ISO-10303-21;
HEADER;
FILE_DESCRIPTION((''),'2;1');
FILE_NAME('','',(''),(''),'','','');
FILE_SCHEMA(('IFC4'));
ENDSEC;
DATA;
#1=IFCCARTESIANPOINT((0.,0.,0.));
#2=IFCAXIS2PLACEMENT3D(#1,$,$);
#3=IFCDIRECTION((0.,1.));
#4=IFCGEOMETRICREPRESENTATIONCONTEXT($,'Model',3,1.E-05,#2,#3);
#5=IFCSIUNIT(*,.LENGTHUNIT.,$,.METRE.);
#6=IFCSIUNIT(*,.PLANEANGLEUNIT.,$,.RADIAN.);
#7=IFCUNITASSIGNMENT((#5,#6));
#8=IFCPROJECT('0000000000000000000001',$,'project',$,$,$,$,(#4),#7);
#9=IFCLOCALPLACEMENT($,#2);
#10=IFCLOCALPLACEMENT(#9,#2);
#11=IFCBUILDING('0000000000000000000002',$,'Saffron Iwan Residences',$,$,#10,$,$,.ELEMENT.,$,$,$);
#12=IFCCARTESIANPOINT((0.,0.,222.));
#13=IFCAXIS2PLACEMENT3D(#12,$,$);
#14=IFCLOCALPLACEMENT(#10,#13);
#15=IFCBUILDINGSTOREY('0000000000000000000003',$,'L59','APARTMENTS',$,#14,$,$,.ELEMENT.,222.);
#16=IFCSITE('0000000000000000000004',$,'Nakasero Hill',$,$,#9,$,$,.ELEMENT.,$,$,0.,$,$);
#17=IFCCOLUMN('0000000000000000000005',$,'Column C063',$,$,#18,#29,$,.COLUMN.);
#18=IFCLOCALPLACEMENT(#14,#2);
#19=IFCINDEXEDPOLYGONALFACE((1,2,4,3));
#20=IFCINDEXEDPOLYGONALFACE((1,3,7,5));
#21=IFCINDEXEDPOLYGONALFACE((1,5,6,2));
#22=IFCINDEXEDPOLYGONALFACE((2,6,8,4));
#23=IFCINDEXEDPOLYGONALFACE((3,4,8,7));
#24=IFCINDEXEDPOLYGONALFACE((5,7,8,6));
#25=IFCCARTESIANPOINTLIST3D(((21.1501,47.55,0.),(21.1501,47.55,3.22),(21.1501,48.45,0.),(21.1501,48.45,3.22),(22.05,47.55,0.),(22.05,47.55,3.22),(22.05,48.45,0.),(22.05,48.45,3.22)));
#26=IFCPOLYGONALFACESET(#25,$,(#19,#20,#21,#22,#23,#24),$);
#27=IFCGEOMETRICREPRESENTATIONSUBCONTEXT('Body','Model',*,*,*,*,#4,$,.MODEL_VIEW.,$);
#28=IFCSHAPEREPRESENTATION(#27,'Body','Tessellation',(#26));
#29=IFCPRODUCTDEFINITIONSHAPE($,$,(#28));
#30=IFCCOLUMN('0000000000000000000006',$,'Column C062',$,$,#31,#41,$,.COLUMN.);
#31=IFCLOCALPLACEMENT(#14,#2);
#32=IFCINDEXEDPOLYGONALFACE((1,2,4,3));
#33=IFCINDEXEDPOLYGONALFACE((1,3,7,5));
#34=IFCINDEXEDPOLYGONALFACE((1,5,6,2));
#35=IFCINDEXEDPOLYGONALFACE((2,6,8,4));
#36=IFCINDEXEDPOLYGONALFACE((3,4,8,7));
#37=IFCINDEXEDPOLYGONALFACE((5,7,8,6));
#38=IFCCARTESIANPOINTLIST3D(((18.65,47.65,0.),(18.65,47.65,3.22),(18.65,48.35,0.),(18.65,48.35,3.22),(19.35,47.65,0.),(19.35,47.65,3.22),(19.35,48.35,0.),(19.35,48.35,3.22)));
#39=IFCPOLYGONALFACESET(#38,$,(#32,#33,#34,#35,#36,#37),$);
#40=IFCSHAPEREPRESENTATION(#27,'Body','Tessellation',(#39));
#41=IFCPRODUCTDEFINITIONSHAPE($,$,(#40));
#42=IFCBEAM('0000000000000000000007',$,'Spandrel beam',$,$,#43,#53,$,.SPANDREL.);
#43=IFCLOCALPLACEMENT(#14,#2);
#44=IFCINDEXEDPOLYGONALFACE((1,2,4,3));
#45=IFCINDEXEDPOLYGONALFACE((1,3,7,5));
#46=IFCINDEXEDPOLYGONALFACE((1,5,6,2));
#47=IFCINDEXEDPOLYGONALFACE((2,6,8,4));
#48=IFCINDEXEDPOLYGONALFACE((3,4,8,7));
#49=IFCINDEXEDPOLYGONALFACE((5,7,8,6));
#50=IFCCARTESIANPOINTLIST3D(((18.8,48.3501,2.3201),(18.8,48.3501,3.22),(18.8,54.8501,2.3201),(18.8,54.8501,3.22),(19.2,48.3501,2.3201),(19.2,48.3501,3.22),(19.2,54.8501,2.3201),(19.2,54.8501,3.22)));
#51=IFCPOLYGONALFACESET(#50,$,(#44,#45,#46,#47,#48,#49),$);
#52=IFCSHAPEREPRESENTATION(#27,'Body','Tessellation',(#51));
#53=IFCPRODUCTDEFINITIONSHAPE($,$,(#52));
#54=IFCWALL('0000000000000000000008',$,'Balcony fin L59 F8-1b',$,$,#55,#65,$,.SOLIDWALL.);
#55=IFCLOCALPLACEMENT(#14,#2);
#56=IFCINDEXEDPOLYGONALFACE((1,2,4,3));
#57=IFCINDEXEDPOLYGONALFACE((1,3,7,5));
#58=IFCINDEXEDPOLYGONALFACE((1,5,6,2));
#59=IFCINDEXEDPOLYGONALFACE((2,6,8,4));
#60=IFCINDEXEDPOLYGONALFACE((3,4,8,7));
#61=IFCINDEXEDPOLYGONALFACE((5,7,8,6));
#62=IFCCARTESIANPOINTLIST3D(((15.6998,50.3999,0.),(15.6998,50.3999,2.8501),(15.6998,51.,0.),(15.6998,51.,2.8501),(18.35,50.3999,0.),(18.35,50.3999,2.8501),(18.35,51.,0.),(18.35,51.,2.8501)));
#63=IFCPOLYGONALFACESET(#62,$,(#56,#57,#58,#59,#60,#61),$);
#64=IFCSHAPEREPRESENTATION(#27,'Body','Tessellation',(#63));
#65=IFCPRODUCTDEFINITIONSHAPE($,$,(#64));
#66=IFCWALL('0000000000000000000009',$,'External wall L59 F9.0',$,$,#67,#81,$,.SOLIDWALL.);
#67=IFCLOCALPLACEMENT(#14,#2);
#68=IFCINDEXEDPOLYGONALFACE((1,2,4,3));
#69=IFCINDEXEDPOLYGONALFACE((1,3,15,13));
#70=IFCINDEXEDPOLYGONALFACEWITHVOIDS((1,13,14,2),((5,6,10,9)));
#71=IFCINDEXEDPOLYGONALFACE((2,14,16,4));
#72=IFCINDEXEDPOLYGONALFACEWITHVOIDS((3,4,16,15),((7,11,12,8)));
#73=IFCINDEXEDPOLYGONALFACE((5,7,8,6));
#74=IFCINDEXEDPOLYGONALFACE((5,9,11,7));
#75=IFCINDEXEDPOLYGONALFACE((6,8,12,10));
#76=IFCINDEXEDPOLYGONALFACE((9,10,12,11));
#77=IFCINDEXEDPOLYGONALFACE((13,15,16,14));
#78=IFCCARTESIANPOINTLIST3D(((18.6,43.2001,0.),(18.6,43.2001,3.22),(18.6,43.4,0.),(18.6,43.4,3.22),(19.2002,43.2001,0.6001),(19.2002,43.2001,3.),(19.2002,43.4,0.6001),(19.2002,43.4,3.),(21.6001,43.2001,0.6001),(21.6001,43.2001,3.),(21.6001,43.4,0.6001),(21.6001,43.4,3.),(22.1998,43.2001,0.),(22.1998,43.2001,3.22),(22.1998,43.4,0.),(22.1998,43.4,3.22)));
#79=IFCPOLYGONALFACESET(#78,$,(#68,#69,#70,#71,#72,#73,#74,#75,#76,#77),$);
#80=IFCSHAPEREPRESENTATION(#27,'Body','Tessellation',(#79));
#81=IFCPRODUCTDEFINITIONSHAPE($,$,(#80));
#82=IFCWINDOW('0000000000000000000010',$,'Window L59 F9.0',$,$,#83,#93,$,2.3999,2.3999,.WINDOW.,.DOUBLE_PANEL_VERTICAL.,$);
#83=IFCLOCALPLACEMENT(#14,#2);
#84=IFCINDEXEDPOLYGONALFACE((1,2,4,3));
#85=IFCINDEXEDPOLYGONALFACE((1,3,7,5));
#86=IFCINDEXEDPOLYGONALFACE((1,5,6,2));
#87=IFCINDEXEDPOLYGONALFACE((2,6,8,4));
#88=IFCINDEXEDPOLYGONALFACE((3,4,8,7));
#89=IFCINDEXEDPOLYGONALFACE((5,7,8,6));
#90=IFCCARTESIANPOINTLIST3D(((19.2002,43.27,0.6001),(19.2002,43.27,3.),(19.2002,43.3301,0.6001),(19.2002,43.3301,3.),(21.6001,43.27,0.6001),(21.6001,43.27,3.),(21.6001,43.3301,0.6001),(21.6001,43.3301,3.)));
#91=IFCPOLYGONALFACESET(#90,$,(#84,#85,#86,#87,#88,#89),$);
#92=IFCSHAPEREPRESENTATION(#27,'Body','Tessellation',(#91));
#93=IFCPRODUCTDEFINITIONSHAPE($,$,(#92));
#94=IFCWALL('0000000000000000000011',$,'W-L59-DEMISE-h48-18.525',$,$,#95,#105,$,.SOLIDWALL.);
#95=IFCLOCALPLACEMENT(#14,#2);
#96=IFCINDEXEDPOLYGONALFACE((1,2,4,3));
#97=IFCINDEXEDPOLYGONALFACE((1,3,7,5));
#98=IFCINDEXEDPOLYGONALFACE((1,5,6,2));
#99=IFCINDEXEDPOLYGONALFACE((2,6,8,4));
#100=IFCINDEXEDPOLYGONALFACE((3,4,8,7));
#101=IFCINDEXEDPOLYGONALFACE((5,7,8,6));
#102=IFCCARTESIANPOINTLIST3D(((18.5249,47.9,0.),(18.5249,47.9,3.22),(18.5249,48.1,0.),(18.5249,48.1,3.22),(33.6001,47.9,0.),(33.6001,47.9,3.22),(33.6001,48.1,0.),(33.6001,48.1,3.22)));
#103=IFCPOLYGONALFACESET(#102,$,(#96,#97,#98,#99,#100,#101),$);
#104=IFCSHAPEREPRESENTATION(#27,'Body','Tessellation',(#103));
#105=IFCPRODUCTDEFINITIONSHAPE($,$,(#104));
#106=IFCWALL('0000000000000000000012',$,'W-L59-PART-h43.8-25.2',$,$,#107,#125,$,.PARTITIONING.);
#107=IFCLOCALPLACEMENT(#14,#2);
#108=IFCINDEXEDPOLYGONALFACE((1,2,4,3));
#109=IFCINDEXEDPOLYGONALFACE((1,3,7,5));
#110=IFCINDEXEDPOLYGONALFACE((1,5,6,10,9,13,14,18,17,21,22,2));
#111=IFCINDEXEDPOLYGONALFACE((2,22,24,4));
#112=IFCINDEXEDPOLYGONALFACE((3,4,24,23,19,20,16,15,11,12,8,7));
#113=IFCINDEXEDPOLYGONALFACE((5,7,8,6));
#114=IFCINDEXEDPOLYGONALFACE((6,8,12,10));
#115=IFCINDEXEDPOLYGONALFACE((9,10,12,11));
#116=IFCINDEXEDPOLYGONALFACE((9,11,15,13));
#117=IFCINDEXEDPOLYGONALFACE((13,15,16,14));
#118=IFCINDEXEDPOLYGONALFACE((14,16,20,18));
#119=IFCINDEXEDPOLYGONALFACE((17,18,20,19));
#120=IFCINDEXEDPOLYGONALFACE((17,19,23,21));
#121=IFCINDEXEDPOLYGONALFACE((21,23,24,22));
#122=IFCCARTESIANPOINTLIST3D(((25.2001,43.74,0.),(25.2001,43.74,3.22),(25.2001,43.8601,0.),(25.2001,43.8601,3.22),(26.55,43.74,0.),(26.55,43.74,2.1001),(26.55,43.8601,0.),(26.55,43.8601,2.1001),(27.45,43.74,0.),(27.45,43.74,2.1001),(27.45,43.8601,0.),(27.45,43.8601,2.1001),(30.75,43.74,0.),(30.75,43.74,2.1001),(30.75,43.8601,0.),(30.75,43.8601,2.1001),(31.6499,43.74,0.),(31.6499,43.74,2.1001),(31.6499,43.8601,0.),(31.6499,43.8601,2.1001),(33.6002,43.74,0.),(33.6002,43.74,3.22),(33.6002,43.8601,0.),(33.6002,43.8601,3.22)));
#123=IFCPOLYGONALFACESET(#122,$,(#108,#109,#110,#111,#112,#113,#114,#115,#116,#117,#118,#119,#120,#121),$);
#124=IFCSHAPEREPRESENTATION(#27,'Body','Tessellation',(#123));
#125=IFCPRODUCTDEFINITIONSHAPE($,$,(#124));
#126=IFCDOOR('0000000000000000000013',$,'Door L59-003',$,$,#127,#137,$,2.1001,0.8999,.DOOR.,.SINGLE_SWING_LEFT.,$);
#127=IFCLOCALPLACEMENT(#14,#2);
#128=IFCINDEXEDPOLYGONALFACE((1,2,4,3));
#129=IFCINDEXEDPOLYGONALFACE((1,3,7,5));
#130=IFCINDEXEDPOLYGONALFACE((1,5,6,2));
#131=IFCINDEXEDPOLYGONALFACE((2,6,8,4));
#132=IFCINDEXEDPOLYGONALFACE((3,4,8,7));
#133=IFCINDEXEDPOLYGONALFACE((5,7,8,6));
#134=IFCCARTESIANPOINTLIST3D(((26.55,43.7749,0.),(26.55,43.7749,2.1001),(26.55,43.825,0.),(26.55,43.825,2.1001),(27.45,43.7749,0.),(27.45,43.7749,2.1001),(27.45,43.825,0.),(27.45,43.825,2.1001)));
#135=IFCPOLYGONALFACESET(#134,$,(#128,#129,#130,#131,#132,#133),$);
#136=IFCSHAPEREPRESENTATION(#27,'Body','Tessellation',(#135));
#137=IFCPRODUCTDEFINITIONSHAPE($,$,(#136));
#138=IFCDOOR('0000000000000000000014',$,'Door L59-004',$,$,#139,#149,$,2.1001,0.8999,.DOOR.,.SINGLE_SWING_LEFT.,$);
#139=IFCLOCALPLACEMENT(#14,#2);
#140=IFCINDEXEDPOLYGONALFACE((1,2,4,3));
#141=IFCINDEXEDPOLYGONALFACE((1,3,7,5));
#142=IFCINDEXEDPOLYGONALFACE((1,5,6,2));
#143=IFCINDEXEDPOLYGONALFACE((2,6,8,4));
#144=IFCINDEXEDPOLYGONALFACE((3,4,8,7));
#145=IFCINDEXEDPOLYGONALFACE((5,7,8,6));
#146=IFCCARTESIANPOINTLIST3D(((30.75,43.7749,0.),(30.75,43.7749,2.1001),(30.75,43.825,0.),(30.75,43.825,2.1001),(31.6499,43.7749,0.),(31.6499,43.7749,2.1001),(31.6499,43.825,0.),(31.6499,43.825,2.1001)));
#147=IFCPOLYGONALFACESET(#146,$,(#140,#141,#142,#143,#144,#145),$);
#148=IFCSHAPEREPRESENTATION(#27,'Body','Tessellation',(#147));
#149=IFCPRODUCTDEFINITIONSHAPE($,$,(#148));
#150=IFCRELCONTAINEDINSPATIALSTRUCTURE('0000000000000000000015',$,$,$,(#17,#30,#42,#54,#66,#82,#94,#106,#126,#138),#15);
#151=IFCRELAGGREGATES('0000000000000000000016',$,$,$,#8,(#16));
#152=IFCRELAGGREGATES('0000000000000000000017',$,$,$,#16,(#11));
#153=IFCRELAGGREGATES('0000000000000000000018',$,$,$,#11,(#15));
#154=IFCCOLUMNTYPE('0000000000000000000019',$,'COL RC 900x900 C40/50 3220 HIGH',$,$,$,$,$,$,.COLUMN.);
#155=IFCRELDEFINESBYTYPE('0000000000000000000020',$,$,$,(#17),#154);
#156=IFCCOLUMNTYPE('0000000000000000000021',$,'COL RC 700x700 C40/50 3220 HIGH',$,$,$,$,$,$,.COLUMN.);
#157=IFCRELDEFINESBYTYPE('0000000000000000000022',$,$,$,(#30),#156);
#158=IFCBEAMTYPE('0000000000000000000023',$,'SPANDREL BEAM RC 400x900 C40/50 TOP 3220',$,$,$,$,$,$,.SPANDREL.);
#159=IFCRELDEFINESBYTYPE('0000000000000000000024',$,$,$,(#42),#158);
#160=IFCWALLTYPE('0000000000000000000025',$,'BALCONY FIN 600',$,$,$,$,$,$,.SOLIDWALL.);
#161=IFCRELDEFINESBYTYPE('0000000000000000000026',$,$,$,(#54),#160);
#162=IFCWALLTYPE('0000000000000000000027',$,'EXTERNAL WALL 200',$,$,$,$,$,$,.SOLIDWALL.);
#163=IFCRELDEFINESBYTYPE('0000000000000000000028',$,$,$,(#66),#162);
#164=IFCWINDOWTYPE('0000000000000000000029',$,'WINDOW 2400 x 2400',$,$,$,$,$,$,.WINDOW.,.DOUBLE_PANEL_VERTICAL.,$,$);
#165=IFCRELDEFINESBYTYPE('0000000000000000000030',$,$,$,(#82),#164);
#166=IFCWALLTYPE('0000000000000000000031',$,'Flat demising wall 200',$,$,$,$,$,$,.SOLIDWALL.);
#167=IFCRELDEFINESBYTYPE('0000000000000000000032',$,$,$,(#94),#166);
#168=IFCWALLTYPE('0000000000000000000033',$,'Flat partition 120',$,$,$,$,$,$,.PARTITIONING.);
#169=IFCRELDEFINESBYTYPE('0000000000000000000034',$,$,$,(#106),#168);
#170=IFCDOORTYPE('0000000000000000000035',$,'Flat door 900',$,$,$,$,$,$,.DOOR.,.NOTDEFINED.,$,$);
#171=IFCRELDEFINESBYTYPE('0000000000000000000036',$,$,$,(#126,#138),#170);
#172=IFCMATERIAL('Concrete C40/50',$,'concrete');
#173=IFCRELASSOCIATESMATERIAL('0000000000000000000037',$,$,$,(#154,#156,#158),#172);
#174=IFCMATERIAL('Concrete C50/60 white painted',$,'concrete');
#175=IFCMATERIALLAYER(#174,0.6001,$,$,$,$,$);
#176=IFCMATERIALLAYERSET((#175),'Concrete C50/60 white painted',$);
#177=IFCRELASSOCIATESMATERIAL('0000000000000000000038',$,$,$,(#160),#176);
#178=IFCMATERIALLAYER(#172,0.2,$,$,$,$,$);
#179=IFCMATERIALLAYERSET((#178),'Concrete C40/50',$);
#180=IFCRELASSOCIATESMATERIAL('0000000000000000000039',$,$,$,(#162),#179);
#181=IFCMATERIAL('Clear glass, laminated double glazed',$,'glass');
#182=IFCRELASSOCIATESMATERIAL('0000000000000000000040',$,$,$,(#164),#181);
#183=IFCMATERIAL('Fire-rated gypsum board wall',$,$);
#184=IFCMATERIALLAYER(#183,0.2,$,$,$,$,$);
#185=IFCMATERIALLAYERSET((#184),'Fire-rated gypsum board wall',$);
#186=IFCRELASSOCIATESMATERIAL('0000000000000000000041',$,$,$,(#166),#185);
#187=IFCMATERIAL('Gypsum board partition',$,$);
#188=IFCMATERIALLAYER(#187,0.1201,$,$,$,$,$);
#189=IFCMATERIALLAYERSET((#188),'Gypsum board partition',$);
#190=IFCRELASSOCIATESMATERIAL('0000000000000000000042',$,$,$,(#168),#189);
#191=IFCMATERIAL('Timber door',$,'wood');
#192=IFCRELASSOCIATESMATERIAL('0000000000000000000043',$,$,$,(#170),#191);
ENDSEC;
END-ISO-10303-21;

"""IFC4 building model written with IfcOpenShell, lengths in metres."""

from ifc_helpers import new_model, si_unit, direction, frame, frame_2d, origin, origin_2d, place, context, subcontext, project, spatial, rectangle, extrude, source, transform, mapped, material, layer, layer_set, material_profile, profile_set, type_object, element, fill, save


model = new_model("IFC4")

# Units and contexts
model_context = context("Model", 3, precision=1e-05, world=origin(), true_north=direction((0.0, 1.0)))
body_context = subcontext(model_context, "Body", "Model", "MODEL_VIEW")
ifc_project = project(units=[si_unit("LENGTHUNIT", "METRE"), si_unit("PLANEANGLEUNIT", "RADIAN")], contexts=[model_context])

# Site, building, storey
site_placement = place(None, origin())
site = spatial("IfcSite", under=ifc_project, at=site_placement, Name="Nakasero Hill", CompositionType="ELEMENT", RefElevation=0.0)
building_placement = place(site_placement, origin())
building = spatial("IfcBuilding", under=site, at=building_placement, Name="Saffron Iwan Residences", CompositionType="ELEMENT")
storey_placement = place(building_placement, frame((0.0, 0.0, 222.0)))
storey = spatial("IfcBuildingStorey", under=building, at=storey_placement, Name="L59", Description="APARTMENTS", CompositionType="ELEMENT", Elevation=222.0)

# Columns
ifc_material_1 = material(Name="Concrete C40/50", Category="concrete")
ifc_material_profile_1 = material_profile(ifc_material_1, rectangle(XDim=0.8999, YDim=0.8999, at=origin_2d()), Name="RC 900x900")
ifc_profile_set_1 = profile_set([ifc_material_profile_1], Name="Concrete C40/50")
column_type_1 = type_object("IfcColumnType", Name="COL RC 900x900 C40/50 3220 HIGH", PredefinedType="COLUMN", material=ifc_profile_set_1)
shared_shape_1 = source(origin(), body_context, "Body", "SweptSolid", [
    extrude(rectangle(XDim=0.8999, YDim=0.8999, at=origin_2d()), origin(), (0.0, 0.0, 1.0), 3.22),
])
column_1_placement = place(storey_placement, frame((21.6001, 48.0, 0.0), z_axis=(0.0, 0.0, 1.0), x_axis=(1.0, 0.0, 0.0)))
element("IfcColumn", 1, at=column_1_placement, inside=storey, type_object=column_type_1, Name="Column C063", PredefinedType="COLUMN", context=body_context, shape_type="MappedRepresentation", body=[
    mapped(shared_shape_1, transform((0.0, 0.0, 0.0))),
])
ifc_material_profile_2 = material_profile(ifc_material_1, rectangle(XDim=0.7, YDim=0.7, at=origin_2d()), Name="RC 700x700")
ifc_profile_set_2 = profile_set([ifc_material_profile_2], Name="Concrete C40/50")
column_type_2 = type_object("IfcColumnType", Name="COL RC 700x700 C40/50 3220 HIGH", PredefinedType="COLUMN", material=ifc_profile_set_2)
shared_shape_2 = source(origin(), body_context, "Body", "SweptSolid", [
    extrude(rectangle(XDim=0.7, YDim=0.7, at=origin_2d()), origin(), (0.0, 0.0, 1.0), 3.22),
])
column_2_placement = place(storey_placement, frame((19.0, 48.0, 0.0), z_axis=(0.0, 0.0, 1.0), x_axis=(1.0, 0.0, 0.0)))
element("IfcColumn", 2, at=column_2_placement, inside=storey, type_object=column_type_2, Name="Column C062", PredefinedType="COLUMN", context=body_context, shape_type="MappedRepresentation", body=[
    mapped(shared_shape_2, transform((0.0, 0.0, 0.0))),
])

# Beam
ifc_material_profile_3 = material_profile(ifc_material_1, rectangle(XDim=0.3999, YDim=0.8999, at=origin_2d()), Name="RC 400x900")
ifc_profile_set_3 = profile_set([ifc_material_profile_3], Name="Concrete C40/50")
beam_type = type_object("IfcBeamType", Name="SPANDREL BEAM RC 400x900 C40/50 TOP 3220", PredefinedType="SPANDREL", material=ifc_profile_set_3)
shared_shape_3 = source(origin(), body_context, "Body", "SweptSolid", [
    extrude(rectangle(XDim=0.3999, YDim=0.8999, at=origin_2d()), origin(), (0.0, 0.0, 1.0), 6.5),
])
beam_placement = place(storey_placement, frame((19.0, 48.3501, 2.77), z_axis=(0.0, 1.0, 0.0), x_axis=(-1.0, 0.0, 0.0)))
element("IfcBeam", 3, at=beam_placement, inside=storey, type_object=beam_type, Name="Spandrel beam", PredefinedType="SPANDREL", context=body_context, shape_type="MappedRepresentation", body=[
    mapped(shared_shape_3, transform((0.0, 0.0, 0.0))),
])

# Wall
ifc_material_2 = material(Name="Concrete C50/60 white painted", Category="concrete")
ifc_layer_1 = layer(ifc_material_2, 0.6001)
ifc_layer_set_1 = layer_set([ifc_layer_1], Name="Concrete C50/60 white painted")
wall_type_1 = type_object("IfcWallType", Name="BALCONY FIN 600", PredefinedType="SOLIDWALL", material=ifc_layer_set_1)
wall_1_placement = place(storey_placement, frame((18.3501, 50.7, 0.0), z_axis=(0.0, 0.0, 1.0), x_axis=(-1.0, 0.0, 0.0)))
element("IfcWall", 4, at=wall_1_placement, inside=storey, type_object=wall_type_1, Name="Balcony fin L59 F8-1b", PredefinedType="SOLIDWALL", context=body_context, shape_type="SweptSolid", body=[
    extrude(rectangle(XDim=2.6501, YDim=0.6001, at=frame_2d((1.3252, 0.0))), origin(), (0.0, 0.0, 1.0), 2.8501),
])

# Wall, opening, window
ifc_layer_2 = layer(ifc_material_1, 0.2)
ifc_layer_set_2 = layer_set([ifc_layer_2], Name="Concrete C40/50")
wall_type_2 = type_object("IfcWallType", Name="EXTERNAL WALL 200", PredefinedType="SOLIDWALL", material=ifc_layer_set_2)
wall_2_placement = place(storey_placement, frame((18.6001, 43.3, 0.0), z_axis=(0.0, 0.0, 1.0), x_axis=(1.0, 0.0, 0.0)))
wall_2 = element("IfcWall", 5, at=wall_2_placement, inside=storey, type_object=wall_type_2, Name="External wall L59 F9.0", PredefinedType="SOLIDWALL", context=body_context, shape_type="SweptSolid", body=[
    extrude(rectangle(XDim=3.5999, YDim=0.2, at=frame_2d((1.7998, 0.0))), origin(), (0.0, 0.0, 1.0), 3.22),
])
opening_1_placement = place(wall_2_placement, frame((0.6001, 0.0, 0.6001)))
opening_1 = element("IfcOpeningElement", 6, at=opening_1_placement, cuts=wall_2, PredefinedType="OPENING", context=body_context, shape_type="SweptSolid", body=[
    extrude(rectangle(XDim=2.3999, YDim=2.3999, at=frame_2d((1.2, 1.2))), frame((0.0, 0.1099, 0.0), z_axis=(0.0, -1.0, 0.0), x_axis=(1.0, 0.0, 0.0)), (0.0, 0.0, 1.0), 0.22),
])
ifc_material_3 = material(Name="Clear glass, laminated double glazed", Category="glass")
window_type = type_object("IfcWindowType", Name="WINDOW 2400 x 2400", PartitioningType="DOUBLE_PANEL_VERTICAL", PredefinedType="WINDOW", material=ifc_material_3)
window_placement = place(opening_1_placement, origin())
window = element("IfcWindow", 7, at=window_placement, inside=storey, type_object=window_type, Name="Window L59 F9.0", OverallHeight=2.3999, OverallWidth=2.3999, PartitioningType="DOUBLE_PANEL_VERTICAL", PredefinedType="WINDOW", context=body_context, shape_type="SweptSolid", body=[
    extrude(rectangle(XDim=2.3999, YDim=2.3999, at=frame_2d((1.2, 1.2))), frame((0.0, 0.03, 0.0), z_axis=(0.0, -1.0, 0.0), x_axis=(1.0, 0.0, 0.0)), (0.0, 0.0, 1.0), 0.0601),
])
fill(opening_1, window)

# Wall
ifc_material_4 = material(Name="Fire-rated gypsum board wall")
ifc_layer_3 = layer(ifc_material_4, 0.2)
ifc_layer_set_3 = layer_set([ifc_layer_3], Name="Fire-rated gypsum board wall")
wall_type_3 = type_object("IfcWallType", Name="Flat demising wall 200", PredefinedType="SOLIDWALL", material=ifc_layer_set_3)
wall_3_placement = place(storey_placement, frame((18.5249, 48.0, 0.0), z_axis=(0.0, 0.0, 1.0), x_axis=(1.0, 0.0, 0.0)))
element("IfcWall", 8, at=wall_3_placement, inside=storey, type_object=wall_type_3, Name="W-L59-DEMISE-h48-18.525", PredefinedType="SOLIDWALL", context=body_context, shape_type="SweptSolid", body=[
    extrude(rectangle(XDim=15.0752, YDim=0.2, at=frame_2d((7.5376, 0.0))), origin(), (0.0, 0.0, 1.0), 3.22),
])

# Wall, openings, doors
ifc_material_5 = material(Name="Gypsum board partition")
ifc_layer_4 = layer(ifc_material_5, 0.1201)
ifc_layer_set_4 = layer_set([ifc_layer_4], Name="Gypsum board partition")
wall_type_4 = type_object("IfcWallType", Name="Flat partition 120", PredefinedType="PARTITIONING", material=ifc_layer_set_4)
wall_4_placement = place(storey_placement, frame((25.2, 43.8, 0.0), z_axis=(0.0, 0.0, 1.0), x_axis=(1.0, 0.0, 0.0)))
wall_4 = element("IfcWall", 9, at=wall_4_placement, inside=storey, type_object=wall_type_4, Name="W-L59-PART-h43.8-25.2", PredefinedType="PARTITIONING", context=body_context, shape_type="SweptSolid", body=[
    extrude(rectangle(XDim=8.4001, YDim=0.1201, at=frame_2d((4.2002, 0.0))), origin(), (0.0, 0.0, 1.0), 3.22),
])
opening_2_placement = place(wall_4_placement, frame((1.3501, 0.0, 0.0)))
opening_2 = element("IfcOpeningElement", 10, at=opening_2_placement, cuts=wall_4, PredefinedType="OPENING", context=body_context, shape_type="SweptSolid", body=[
    extrude(rectangle(XDim=0.8999, YDim=2.1001, at=frame_2d((0.45, 1.05))), frame((0.0, 0.0701, 0.0), z_axis=(0.0, -1.0, 0.0), x_axis=(1.0, 0.0, 0.0)), (0.0, 0.0, 1.0), 0.1401),
])
opening_3_placement = place(wall_4_placement, frame((5.55, 0.0, 0.0)))
opening_3 = element("IfcOpeningElement", 11, at=opening_3_placement, cuts=wall_4, PredefinedType="OPENING", context=body_context, shape_type="SweptSolid", body=[
    extrude(rectangle(XDim=0.8999, YDim=2.1001, at=frame_2d((0.45, 1.05))), frame((0.0, 0.0701, 0.0), z_axis=(0.0, -1.0, 0.0), x_axis=(1.0, 0.0, 0.0)), (0.0, 0.0, 1.0), 0.1401),
])
ifc_material_6 = material(Name="Timber door", Category="wood")
door_type_1 = type_object("IfcDoorType", Name="Flat door 900", OperationType="NOTDEFINED", PredefinedType="DOOR", material=ifc_material_6)
door_1_placement = place(opening_2_placement, origin())
door_1 = element("IfcDoor", 12, at=door_1_placement, inside=storey, type_object=door_type_1, Name="Door L59-003", OperationType="SINGLE_SWING_LEFT", OverallHeight=2.1001, OverallWidth=0.8999, PredefinedType="DOOR", context=body_context, shape_type="SweptSolid", body=[
    extrude(rectangle(XDim=0.8999, YDim=2.1001, at=frame_2d((0.45, 1.05))), frame((0.0, 0.0249, 0.0), z_axis=(0.0, -1.0, 0.0), x_axis=(1.0, 0.0, 0.0)), (0.0, 0.0, 1.0), 0.05),
])
fill(opening_2, door_1)
door_2_placement = place(opening_3_placement, origin())
door_2 = element("IfcDoor", 13, at=door_2_placement, inside=storey, type_object=door_type_1, Name="Door L59-004", OperationType="SINGLE_SWING_LEFT", OverallHeight=2.1001, OverallWidth=0.8999, PredefinedType="DOOR", context=body_context, shape_type="SweptSolid", body=[
    extrude(rectangle(XDim=0.8999, YDim=2.1001, at=frame_2d((0.45, 1.05))), frame((0.0, 0.0249, 0.0), z_axis=(0.0, -1.0, 0.0), x_axis=(1.0, 0.0, 0.0)), (0.0, 0.0, 1.0), 0.05),
])
fill(opening_3, door_2)

save(model, "model.ifc")
